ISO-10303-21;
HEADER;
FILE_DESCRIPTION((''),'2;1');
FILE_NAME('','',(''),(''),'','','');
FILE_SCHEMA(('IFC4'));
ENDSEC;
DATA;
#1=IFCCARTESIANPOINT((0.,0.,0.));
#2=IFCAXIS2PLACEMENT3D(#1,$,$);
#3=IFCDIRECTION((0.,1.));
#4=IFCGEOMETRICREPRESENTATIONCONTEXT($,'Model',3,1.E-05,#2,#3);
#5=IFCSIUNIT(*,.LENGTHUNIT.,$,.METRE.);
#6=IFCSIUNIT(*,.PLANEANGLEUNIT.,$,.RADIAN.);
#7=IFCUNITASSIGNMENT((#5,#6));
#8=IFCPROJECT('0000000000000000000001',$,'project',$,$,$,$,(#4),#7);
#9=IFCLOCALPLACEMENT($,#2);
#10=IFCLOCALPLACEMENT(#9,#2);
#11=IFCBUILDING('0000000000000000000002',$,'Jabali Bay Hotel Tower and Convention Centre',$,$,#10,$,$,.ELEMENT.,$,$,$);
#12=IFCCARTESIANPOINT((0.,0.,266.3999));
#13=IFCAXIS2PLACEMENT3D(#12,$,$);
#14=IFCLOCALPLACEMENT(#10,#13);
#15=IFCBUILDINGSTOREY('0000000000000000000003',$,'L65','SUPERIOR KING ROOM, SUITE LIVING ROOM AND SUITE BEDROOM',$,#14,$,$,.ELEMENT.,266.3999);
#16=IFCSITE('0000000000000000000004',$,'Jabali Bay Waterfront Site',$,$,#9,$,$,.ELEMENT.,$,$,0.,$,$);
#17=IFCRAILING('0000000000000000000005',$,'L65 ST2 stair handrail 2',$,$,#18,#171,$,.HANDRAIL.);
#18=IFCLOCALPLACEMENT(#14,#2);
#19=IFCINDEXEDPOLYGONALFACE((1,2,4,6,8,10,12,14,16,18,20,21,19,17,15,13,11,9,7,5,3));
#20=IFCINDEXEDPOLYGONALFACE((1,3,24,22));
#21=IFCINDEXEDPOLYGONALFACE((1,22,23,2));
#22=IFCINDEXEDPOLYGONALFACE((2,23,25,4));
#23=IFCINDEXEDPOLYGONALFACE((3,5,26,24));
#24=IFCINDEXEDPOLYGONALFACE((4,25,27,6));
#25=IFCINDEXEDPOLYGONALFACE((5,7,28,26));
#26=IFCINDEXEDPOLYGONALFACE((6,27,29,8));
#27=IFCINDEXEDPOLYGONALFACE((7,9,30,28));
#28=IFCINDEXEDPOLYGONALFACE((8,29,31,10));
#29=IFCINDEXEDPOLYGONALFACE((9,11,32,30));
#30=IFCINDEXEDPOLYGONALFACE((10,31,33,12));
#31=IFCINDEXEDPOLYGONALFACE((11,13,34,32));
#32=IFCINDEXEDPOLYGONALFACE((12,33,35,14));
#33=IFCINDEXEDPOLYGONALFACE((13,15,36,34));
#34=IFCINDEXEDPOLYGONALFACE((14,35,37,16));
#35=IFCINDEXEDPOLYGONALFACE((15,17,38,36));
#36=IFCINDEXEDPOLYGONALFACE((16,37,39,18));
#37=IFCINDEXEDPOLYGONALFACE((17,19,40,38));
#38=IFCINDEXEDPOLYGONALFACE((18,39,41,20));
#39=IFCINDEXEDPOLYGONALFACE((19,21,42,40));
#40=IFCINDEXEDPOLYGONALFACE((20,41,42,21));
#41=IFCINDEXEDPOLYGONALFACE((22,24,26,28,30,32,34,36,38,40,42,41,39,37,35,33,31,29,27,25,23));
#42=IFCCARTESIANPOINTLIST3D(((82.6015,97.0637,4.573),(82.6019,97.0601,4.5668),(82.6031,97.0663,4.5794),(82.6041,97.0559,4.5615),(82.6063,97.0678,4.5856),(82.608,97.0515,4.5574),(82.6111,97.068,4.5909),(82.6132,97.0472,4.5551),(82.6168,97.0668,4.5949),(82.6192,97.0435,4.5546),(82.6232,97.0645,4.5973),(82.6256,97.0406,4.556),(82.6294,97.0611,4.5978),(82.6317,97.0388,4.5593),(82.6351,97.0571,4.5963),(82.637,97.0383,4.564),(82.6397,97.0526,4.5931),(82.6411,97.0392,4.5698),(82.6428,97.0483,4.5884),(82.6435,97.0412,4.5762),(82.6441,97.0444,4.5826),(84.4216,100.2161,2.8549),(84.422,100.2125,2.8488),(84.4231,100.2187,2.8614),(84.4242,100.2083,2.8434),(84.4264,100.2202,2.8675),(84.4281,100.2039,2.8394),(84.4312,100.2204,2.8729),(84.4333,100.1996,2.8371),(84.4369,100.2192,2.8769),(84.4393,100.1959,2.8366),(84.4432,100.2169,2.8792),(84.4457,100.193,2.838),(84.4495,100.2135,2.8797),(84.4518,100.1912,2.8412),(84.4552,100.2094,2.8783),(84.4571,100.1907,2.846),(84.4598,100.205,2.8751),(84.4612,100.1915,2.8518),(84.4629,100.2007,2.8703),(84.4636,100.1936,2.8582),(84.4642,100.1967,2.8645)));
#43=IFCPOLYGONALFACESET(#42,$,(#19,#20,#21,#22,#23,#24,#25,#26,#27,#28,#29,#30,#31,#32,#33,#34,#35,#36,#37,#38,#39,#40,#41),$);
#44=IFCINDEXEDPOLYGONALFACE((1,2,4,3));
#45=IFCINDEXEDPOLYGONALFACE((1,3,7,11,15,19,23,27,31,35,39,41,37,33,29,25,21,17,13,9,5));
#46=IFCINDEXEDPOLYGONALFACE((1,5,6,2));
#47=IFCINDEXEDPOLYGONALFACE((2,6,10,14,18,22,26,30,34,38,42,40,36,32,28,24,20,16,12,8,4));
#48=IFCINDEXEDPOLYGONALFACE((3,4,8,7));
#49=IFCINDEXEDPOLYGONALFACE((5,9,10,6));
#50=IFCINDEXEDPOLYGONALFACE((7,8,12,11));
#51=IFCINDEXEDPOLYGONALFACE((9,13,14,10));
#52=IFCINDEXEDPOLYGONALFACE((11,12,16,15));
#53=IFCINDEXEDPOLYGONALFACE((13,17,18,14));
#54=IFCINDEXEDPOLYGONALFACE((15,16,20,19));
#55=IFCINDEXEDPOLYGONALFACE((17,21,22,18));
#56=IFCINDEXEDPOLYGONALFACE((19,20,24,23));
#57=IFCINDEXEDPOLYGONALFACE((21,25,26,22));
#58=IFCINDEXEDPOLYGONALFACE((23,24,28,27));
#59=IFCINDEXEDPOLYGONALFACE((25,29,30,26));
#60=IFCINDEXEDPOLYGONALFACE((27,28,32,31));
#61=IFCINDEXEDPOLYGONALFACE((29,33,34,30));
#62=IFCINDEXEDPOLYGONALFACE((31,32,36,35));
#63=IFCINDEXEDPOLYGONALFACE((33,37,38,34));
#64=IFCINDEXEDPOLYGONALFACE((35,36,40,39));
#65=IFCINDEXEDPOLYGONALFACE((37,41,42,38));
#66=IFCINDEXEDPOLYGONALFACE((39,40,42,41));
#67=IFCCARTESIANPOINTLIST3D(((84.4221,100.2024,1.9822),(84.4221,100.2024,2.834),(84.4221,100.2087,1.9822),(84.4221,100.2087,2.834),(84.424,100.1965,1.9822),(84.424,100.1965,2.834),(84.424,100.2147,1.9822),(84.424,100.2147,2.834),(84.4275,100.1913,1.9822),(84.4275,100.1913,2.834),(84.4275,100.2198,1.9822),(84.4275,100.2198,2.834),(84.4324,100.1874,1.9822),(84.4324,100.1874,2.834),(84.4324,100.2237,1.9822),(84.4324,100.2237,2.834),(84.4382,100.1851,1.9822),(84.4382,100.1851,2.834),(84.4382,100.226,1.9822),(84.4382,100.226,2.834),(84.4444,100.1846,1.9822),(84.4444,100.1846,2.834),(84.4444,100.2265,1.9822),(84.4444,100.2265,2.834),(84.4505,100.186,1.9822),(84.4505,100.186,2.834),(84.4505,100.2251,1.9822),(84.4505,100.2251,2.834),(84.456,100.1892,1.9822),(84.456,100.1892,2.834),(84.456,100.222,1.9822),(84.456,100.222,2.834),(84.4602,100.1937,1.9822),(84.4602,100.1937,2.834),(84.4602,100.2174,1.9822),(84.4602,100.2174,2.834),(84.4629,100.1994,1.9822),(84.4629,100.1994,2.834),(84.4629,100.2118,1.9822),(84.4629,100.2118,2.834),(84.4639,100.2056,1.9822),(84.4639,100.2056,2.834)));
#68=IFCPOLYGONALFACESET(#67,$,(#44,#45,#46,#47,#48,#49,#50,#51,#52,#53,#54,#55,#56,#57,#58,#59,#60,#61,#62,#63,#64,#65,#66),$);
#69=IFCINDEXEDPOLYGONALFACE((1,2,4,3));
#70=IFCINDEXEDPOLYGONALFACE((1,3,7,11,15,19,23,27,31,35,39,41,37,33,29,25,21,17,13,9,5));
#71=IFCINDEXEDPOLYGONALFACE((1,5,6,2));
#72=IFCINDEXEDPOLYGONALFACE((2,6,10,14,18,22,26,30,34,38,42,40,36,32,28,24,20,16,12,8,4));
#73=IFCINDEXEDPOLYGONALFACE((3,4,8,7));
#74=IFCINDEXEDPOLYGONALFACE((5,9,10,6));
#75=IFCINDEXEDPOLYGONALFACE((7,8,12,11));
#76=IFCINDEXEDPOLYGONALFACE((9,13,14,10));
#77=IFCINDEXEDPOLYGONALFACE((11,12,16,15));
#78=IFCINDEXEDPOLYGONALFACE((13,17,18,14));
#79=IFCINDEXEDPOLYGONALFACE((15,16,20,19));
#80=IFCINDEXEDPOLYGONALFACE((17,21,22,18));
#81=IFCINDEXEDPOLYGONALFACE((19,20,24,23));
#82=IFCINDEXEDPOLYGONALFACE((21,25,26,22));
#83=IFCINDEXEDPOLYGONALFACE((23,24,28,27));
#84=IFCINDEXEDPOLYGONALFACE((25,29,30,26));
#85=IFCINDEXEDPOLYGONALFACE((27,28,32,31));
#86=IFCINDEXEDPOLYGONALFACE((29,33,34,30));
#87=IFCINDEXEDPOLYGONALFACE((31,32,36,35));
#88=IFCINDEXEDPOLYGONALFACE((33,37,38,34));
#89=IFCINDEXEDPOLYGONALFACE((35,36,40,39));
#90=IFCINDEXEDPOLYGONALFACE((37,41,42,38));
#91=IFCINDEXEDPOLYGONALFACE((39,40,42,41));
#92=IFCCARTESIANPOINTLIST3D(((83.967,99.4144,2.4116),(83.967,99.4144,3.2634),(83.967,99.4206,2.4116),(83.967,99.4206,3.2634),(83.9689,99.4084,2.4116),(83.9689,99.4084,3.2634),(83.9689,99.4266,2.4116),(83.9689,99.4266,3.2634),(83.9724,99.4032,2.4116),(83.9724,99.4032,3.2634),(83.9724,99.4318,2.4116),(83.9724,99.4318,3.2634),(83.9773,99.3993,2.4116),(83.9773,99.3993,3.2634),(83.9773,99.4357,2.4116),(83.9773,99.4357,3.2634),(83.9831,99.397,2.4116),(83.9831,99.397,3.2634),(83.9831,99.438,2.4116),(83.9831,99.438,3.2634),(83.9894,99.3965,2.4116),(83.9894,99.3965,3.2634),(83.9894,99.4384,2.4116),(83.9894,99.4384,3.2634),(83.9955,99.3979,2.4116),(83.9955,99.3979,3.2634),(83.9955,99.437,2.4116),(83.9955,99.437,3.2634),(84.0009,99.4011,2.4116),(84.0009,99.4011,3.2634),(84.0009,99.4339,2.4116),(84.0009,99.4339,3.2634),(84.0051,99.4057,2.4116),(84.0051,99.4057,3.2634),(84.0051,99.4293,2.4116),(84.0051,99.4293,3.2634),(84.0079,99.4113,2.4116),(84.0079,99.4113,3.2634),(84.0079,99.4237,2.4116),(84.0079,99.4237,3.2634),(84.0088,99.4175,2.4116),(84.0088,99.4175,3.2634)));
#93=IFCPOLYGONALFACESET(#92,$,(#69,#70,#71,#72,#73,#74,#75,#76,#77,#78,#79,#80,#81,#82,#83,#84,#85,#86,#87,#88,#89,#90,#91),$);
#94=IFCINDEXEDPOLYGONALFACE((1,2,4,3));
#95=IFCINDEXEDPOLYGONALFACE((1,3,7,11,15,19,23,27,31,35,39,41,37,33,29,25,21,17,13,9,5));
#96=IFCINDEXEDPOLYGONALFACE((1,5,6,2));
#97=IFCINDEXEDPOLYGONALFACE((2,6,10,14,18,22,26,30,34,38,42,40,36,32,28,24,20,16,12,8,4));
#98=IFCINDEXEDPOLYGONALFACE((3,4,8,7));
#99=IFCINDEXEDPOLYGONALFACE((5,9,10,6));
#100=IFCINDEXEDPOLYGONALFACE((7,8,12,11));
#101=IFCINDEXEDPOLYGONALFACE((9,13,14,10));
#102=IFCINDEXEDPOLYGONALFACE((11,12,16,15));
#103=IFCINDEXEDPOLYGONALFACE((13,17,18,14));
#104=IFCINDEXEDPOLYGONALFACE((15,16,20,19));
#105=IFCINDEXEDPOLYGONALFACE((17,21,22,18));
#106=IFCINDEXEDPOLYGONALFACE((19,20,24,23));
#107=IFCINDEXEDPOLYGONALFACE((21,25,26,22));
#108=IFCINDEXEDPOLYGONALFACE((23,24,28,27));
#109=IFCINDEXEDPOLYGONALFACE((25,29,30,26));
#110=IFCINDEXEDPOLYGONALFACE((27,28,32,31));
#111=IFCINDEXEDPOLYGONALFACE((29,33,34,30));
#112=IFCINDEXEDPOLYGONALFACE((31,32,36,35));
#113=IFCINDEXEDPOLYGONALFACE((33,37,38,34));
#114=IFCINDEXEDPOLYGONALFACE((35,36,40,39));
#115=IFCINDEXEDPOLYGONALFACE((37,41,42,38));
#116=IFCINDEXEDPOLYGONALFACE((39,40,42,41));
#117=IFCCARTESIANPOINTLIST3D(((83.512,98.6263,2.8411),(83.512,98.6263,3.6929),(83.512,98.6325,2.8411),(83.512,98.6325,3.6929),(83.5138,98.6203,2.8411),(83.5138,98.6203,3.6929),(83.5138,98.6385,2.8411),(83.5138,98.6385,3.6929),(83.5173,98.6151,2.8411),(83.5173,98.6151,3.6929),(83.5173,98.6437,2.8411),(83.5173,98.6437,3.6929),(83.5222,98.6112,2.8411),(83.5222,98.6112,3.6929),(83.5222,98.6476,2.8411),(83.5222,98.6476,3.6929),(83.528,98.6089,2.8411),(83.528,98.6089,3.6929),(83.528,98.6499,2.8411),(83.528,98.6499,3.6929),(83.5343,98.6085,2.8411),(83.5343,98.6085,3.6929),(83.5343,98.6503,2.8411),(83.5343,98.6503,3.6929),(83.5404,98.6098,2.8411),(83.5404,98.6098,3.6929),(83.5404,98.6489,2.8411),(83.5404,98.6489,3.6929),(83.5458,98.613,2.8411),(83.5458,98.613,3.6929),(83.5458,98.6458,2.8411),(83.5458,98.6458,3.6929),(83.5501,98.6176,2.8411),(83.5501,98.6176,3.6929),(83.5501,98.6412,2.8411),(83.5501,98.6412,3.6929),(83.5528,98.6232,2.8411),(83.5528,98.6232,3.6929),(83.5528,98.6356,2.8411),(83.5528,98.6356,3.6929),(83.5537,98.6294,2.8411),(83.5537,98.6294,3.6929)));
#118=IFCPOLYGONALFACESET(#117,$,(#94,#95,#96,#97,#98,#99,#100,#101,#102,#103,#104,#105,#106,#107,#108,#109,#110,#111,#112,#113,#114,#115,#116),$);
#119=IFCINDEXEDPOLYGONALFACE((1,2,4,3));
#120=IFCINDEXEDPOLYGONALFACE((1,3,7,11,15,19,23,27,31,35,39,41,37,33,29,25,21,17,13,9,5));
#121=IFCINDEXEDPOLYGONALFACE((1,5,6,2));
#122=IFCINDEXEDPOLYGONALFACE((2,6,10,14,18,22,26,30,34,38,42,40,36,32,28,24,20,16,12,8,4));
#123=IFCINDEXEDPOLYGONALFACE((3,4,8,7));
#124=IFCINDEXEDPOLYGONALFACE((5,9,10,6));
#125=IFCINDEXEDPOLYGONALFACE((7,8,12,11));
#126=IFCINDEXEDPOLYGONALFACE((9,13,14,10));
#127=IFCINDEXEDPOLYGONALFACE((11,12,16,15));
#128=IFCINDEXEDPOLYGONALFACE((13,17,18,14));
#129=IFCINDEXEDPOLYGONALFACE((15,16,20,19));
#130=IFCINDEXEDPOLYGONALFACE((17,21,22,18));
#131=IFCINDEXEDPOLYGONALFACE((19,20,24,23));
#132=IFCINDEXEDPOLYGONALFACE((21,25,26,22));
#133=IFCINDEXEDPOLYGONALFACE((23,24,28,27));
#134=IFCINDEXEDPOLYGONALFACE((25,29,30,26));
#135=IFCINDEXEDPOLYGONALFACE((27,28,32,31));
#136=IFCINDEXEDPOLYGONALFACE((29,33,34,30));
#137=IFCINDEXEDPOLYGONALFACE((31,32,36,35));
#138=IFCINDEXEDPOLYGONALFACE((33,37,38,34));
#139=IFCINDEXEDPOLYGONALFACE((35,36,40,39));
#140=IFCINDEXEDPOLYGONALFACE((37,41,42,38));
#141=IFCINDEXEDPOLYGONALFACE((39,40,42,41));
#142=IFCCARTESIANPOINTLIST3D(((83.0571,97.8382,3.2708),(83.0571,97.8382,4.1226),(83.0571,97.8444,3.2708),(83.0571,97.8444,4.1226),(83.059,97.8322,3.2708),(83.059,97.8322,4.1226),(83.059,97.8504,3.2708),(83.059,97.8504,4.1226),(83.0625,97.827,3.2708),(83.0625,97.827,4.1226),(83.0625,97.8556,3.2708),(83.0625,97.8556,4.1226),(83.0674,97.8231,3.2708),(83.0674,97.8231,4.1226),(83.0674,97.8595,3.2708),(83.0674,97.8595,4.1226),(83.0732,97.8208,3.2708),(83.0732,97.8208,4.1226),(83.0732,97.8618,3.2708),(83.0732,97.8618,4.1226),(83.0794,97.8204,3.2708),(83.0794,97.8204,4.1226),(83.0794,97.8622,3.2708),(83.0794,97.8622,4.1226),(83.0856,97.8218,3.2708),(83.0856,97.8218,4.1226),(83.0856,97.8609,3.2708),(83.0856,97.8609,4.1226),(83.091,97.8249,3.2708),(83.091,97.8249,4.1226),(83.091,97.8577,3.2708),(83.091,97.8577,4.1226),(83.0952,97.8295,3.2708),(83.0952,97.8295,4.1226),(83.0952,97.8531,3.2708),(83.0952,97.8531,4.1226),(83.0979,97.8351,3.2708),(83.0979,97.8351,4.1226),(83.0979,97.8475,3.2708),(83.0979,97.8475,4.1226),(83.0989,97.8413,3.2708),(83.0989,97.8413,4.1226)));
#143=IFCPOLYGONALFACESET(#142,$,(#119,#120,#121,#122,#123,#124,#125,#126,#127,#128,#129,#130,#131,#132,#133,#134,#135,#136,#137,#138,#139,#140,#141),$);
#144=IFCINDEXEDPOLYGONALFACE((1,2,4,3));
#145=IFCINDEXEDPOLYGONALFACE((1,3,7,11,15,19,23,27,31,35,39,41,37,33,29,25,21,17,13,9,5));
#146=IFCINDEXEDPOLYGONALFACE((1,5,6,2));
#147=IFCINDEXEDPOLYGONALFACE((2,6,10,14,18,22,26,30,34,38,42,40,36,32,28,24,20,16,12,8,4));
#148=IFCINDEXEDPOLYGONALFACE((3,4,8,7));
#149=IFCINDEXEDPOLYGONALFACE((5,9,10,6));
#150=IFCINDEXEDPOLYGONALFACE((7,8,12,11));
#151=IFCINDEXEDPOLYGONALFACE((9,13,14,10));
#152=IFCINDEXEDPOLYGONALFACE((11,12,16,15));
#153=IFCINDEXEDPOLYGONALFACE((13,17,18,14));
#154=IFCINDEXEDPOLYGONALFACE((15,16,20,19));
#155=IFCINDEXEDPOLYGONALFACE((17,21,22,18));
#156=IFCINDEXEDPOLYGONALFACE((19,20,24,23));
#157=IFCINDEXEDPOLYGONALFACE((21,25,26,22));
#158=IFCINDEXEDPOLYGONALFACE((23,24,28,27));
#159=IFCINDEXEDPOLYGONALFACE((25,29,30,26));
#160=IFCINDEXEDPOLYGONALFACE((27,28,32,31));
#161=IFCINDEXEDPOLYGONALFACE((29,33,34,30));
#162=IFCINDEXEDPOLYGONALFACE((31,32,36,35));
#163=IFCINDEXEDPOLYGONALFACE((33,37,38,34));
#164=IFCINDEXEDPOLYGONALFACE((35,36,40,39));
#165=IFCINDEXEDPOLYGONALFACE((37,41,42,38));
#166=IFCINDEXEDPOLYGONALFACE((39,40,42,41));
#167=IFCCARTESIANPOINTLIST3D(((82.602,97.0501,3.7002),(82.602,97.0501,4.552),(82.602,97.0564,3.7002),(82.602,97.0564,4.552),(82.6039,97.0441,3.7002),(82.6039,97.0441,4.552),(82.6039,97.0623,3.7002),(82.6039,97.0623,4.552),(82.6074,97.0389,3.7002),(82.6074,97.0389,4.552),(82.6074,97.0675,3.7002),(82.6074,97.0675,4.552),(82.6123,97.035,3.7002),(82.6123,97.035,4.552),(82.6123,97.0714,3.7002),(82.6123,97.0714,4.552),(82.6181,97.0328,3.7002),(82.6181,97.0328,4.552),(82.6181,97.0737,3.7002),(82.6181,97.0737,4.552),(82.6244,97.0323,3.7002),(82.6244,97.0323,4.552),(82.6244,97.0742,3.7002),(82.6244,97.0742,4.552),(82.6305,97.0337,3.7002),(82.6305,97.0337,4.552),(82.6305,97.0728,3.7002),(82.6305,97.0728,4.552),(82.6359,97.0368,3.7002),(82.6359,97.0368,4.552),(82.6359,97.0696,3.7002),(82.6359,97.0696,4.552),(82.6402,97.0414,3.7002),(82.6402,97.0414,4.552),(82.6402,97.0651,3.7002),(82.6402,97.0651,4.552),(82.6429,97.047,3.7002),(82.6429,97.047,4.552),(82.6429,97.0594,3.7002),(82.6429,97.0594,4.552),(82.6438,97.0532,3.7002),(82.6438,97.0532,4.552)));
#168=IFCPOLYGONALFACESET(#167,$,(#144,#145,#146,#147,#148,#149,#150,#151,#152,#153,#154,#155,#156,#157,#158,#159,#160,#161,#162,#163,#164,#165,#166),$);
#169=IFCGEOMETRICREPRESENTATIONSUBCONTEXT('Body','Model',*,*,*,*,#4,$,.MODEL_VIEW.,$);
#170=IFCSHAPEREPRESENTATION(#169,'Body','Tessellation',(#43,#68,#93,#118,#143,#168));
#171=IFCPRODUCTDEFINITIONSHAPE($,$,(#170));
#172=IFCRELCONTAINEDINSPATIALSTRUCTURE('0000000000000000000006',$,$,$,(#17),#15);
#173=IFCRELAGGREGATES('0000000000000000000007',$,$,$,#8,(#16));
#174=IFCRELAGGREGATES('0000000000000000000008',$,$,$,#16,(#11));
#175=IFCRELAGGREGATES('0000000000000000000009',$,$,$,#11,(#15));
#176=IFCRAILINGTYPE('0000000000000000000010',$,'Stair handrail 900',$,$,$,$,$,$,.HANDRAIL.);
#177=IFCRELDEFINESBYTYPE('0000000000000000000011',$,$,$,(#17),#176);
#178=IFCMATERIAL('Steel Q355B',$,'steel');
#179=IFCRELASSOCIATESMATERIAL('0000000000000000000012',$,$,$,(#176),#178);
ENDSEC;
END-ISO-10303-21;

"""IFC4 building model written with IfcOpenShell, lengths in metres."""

from ifc_helpers import new_model, si_unit, direction, frame, origin, origin_2d, place, context, subcontext, project, spatial, circle, extrude, material, type_object, element, save


model = new_model("IFC4")

# Units and contexts
model_context = context("Model", 3, precision=1e-05, world=origin(), true_north=direction((0.0, 1.0)))
body_context = subcontext(model_context, "Body", "Model", "MODEL_VIEW")
ifc_project = project(units=[si_unit("LENGTHUNIT", "METRE"), si_unit("PLANEANGLEUNIT", "RADIAN")], contexts=[model_context])

# Site, building, storey
site_placement = place(None, origin())
site = spatial("IfcSite", under=ifc_project, at=site_placement, Name="Jabali Bay Waterfront Site", CompositionType="ELEMENT", RefElevation=0.0)
building_placement = place(site_placement, origin())
building = spatial("IfcBuilding", under=site, at=building_placement, Name="Jabali Bay Hotel Tower and Convention Centre", CompositionType="ELEMENT")
storey_placement = place(building_placement, frame((0.0, 0.0, 266.3999)))
storey = spatial("IfcBuildingStorey", under=building, at=storey_placement, Name="L65", Description="SUPERIOR KING ROOM, SUITE LIVING ROOM AND SUITE BEDROOM", CompositionType="ELEMENT", Elevation=266.3999)

# Railing
ifc_material_1 = material(Name="Steel Q355B", Category="steel")
railing_type = type_object("IfcRailingType", Name="Stair handrail 900", PredefinedType="HANDRAIL", material=ifc_material_1)
railing_placement = place(storey_placement, frame((84.4429, 100.2056, 1.9822)))
element("IfcRailing", 1, at=railing_placement, inside=storey, type_object=railing_type, Name="L65 ST2 stair handrail 2", PredefinedType="HANDRAIL", context=body_context, shape_type="SweptSolid", body=[
    extrude(circle(Radius=0.0239, at=origin_2d()), frame((0.0, 0.0, 0.876), z_axis=(-0.452179, -0.78317, 0.426825), x_axis=(0.866018, -0.500013, 0.0)), (0.0, 0.0, 1.0), 4.0251),
    extrude(circle(Radius=0.021, at=origin_2d()), origin(), (0.0, 0.0, 1.0), 0.8518),
    extrude(circle(Radius=0.021, at=origin_2d()), frame((-0.4551, -0.7881, 0.4294)), (0.0, 0.0, 1.0), 0.8518),
    extrude(circle(Radius=0.021, at=origin_2d()), frame((-0.9102, -1.5762, 0.8589)), (0.0, 0.0, 1.0), 0.8518),
    extrude(circle(Radius=0.021, at=origin_2d()), frame((-1.365, -2.3643, 1.2886)), (0.0, 0.0, 1.0), 0.8518),
    extrude(circle(Radius=0.021, at=origin_2d()), frame((-1.8201, -3.1523, 1.718)), (0.0, 0.0, 1.0), 0.8518),
])

save(model, "model.ifc")
